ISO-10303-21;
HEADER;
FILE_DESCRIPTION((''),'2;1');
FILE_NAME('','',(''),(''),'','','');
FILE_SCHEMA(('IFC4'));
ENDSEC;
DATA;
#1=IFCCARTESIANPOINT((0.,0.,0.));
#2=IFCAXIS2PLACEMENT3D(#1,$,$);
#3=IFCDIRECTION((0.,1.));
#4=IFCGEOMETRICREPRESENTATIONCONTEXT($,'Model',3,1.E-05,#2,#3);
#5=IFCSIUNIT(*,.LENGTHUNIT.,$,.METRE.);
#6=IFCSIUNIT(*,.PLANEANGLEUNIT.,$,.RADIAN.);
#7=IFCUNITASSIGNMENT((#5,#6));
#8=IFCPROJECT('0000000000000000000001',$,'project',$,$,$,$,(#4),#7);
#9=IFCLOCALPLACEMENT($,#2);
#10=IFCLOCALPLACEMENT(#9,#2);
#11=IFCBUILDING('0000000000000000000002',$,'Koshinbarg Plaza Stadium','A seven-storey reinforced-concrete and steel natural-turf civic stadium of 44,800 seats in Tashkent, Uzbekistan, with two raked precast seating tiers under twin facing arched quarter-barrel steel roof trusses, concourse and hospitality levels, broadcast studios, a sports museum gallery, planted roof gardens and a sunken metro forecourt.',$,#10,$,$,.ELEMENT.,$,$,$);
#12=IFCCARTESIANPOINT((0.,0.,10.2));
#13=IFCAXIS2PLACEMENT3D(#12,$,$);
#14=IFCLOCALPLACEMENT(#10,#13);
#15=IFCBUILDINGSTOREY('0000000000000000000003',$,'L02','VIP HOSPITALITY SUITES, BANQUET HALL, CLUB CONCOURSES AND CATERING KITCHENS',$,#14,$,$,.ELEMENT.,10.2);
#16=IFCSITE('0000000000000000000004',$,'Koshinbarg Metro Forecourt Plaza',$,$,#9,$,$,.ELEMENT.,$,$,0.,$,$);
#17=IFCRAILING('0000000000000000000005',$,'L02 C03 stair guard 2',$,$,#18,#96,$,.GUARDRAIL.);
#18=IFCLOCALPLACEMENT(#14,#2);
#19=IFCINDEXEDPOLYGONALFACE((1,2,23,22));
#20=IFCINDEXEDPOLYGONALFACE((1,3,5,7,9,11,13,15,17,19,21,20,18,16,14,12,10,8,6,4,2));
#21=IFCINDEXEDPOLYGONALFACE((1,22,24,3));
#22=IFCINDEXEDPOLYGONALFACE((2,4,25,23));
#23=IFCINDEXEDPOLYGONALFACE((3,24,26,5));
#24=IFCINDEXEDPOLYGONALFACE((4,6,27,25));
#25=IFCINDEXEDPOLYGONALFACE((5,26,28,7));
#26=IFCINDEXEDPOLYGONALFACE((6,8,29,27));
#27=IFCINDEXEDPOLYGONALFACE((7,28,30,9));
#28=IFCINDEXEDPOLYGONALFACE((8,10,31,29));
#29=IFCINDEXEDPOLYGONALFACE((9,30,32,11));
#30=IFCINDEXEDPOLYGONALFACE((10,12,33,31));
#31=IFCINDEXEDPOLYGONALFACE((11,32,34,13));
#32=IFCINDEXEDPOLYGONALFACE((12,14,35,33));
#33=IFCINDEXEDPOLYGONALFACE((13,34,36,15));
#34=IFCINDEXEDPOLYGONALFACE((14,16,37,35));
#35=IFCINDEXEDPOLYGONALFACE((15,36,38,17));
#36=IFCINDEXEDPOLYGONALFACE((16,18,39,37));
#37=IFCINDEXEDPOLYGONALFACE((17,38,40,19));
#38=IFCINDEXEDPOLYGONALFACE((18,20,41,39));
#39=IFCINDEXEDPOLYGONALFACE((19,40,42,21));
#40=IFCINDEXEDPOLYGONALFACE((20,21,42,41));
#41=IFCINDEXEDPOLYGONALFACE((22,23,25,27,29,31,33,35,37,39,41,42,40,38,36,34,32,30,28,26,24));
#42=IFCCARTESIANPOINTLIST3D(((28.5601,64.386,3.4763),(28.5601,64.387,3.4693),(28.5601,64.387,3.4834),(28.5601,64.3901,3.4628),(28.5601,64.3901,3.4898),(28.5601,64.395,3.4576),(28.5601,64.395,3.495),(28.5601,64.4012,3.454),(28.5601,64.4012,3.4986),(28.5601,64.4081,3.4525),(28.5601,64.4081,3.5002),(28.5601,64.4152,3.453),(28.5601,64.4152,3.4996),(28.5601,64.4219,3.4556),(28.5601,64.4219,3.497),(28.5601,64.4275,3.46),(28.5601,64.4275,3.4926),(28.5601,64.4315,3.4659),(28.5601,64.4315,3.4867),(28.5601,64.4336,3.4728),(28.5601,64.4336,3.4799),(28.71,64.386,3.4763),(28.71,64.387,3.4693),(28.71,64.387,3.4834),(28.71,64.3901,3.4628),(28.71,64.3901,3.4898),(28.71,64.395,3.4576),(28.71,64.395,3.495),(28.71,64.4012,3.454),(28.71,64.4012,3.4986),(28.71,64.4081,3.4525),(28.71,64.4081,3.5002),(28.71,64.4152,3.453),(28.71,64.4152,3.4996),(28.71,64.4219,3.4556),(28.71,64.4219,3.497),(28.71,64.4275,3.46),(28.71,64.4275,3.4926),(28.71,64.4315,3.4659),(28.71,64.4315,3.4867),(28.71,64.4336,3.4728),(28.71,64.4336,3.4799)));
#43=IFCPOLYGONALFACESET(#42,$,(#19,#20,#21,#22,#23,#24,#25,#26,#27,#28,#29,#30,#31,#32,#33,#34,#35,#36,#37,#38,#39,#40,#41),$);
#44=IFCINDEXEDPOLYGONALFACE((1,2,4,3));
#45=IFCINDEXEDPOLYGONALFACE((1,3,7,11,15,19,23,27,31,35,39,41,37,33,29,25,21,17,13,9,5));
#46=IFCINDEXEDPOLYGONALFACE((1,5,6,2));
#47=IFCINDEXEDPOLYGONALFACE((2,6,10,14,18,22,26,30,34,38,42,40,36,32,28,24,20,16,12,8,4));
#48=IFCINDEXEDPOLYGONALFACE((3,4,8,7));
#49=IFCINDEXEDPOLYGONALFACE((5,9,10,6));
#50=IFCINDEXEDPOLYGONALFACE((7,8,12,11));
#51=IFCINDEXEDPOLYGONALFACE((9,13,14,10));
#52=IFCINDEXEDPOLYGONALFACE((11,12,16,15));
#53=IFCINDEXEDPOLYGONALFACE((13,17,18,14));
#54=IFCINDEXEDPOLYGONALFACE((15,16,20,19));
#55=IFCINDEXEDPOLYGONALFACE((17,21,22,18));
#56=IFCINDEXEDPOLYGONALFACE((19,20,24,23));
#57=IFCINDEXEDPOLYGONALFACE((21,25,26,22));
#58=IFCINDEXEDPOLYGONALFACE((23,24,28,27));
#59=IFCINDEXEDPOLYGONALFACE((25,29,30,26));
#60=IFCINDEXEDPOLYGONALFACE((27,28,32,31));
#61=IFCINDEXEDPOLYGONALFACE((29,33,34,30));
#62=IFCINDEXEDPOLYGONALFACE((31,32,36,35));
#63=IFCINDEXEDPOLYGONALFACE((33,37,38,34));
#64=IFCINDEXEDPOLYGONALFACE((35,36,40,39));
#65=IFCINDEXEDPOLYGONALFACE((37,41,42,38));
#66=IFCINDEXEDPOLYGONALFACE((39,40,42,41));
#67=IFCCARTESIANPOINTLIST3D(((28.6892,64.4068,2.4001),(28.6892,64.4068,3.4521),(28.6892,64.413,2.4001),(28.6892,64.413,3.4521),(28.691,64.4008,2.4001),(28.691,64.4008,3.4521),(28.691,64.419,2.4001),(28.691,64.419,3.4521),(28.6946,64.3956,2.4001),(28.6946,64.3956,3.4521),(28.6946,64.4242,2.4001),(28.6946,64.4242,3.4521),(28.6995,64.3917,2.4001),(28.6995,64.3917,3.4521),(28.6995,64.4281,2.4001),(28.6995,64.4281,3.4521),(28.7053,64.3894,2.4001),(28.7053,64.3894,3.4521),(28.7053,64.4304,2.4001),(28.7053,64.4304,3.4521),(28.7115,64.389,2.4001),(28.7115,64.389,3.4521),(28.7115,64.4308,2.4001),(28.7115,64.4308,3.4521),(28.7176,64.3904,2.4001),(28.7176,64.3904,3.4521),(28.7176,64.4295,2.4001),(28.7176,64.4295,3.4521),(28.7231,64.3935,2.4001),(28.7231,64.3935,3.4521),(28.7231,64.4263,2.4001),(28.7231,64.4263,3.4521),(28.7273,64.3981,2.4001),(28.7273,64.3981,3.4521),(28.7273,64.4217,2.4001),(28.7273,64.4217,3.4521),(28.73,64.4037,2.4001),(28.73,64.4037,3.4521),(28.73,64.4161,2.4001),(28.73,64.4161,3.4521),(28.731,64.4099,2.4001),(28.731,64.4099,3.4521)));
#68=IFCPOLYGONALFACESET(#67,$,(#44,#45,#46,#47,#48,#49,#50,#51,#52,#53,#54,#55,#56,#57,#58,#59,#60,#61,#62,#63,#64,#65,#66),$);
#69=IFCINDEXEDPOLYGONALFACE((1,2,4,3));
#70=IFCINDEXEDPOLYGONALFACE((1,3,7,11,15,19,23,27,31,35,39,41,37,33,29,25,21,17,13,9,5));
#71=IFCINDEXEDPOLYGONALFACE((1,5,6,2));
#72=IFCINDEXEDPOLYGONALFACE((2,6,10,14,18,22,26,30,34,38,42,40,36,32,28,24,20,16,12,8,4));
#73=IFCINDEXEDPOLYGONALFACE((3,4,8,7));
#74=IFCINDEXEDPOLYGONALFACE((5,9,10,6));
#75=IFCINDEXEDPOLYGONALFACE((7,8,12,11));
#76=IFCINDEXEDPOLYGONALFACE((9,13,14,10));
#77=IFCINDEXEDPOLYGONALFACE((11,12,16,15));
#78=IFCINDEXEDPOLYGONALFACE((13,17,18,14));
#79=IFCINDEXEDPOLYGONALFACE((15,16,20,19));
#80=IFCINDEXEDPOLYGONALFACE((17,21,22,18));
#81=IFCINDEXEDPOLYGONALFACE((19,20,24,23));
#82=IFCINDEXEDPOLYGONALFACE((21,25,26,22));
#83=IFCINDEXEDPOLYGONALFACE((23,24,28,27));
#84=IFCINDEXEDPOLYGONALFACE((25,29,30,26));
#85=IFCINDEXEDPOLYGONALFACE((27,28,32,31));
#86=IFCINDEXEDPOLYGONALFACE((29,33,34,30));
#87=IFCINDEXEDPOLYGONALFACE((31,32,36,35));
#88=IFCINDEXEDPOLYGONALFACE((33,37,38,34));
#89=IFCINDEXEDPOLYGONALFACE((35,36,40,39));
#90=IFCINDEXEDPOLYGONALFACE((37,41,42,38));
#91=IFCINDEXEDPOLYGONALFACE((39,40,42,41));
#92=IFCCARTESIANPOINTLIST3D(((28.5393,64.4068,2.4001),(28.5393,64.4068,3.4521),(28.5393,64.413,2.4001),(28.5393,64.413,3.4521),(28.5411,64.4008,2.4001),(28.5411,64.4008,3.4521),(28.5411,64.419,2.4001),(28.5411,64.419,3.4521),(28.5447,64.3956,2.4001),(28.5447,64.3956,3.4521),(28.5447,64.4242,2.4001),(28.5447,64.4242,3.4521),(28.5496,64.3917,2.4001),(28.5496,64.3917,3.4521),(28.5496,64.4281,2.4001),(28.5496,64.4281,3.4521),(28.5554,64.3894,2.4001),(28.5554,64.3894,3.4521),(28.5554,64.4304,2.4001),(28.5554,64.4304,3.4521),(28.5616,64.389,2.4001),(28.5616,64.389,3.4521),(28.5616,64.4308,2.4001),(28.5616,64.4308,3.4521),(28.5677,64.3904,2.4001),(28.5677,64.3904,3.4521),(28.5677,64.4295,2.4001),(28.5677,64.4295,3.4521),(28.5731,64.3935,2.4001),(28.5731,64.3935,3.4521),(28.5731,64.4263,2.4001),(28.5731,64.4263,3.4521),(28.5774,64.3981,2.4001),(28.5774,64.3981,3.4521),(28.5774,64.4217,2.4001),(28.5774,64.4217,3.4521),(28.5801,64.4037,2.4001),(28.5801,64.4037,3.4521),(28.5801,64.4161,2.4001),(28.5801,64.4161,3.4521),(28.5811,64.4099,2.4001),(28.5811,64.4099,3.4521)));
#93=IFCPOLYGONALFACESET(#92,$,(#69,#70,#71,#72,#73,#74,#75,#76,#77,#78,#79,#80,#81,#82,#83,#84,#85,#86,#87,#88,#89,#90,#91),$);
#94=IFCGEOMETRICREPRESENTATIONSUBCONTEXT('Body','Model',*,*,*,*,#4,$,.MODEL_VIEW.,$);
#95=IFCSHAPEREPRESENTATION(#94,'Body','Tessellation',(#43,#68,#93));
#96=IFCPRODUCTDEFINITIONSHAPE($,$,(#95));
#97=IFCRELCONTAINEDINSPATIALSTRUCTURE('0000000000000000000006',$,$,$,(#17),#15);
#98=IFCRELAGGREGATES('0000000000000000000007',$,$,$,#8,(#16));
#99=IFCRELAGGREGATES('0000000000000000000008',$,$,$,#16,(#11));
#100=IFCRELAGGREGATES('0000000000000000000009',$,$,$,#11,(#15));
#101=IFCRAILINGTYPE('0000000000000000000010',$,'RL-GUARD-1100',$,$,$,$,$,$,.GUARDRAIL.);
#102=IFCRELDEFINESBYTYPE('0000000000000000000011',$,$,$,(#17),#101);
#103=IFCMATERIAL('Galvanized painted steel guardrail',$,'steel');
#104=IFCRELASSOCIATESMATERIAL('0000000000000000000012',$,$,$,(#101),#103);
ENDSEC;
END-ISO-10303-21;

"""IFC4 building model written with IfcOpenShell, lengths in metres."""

from ifc_helpers import new_model, si_unit, direction, frame, origin, origin_2d, place, context, subcontext, project, spatial, circle, extrude, material, type_object, element, save


model = new_model("IFC4")

# Units and contexts
model_context = context("Model", 3, precision=1e-05, world=origin(), true_north=direction((0.0, 1.0)))
body_context = subcontext(model_context, "Body", "Model", "MODEL_VIEW")
ifc_project = project(units=[si_unit("LENGTHUNIT", "METRE"), si_unit("PLANEANGLEUNIT", "RADIAN")], contexts=[model_context])

# Site, building, storey
site_placement = place(None, origin())
site = spatial("IfcSite", under=ifc_project, at=site_placement, Name="Koshinbarg Metro Forecourt Plaza", CompositionType="ELEMENT", RefElevation=0.0)
building_placement = place(site_placement, origin())
building = spatial("IfcBuilding", under=site, at=building_placement, Name="Koshinbarg Plaza Stadium", Description="A seven-storey reinforced-concrete and steel natural-turf civic stadium of 44,800 seats in Tashkent, Uzbekistan, with two raked precast seating tiers under twin facing arched quarter-barrel steel roof trusses, concourse and hospitality levels, broadcast studios, a sports museum gallery, planted roof gardens and a sunken metro forecourt.", CompositionType="ELEMENT")
storey_placement = place(building_placement, frame((0.0, 0.0, 10.2)))
storey = spatial("IfcBuildingStorey", under=building, at=storey_placement, Name="L02", Description="VIP HOSPITALITY SUITES, BANQUET HALL, CLUB CONCOURSES AND CATERING KITCHENS", CompositionType="ELEMENT", Elevation=10.2)

# Railing
ifc_material_1 = material(Name="Galvanized painted steel guardrail", Category="steel")
railing_type_1 = type_object("IfcRailingType", Name="RL-GUARD-1100", PredefinedType="GUARDRAIL", material=ifc_material_1)
railing_1_placement = place(storey_placement, frame((28.71, 64.4099, 2.4001)))
element("IfcRailing", 1, at=railing_1_placement, inside=storey, type_object=railing_type_1, Name="L02 C03 stair guard 2", PredefinedType="GUARDRAIL", context=body_context, shape_type="SweptSolid", body=[
    extrude(circle(Radius=0.0239, at=origin_2d()), frame((0.0, 0.0, 1.0762), z_axis=(-1.0, 0.0, 0.0), x_axis=(0.0, -1.0, 0.0)), (0.0, 0.0, 1.0), 0.1499),
    extrude(circle(Radius=0.021, at=origin_2d()), origin(), (0.0, 0.0, 1.0), 1.052),
    extrude(circle(Radius=0.021, at=origin_2d()), frame((-0.1499, 0.0, 0.0)), (0.0, 0.0, 1.0), 1.052),
])

save(model, "model.ifc")
